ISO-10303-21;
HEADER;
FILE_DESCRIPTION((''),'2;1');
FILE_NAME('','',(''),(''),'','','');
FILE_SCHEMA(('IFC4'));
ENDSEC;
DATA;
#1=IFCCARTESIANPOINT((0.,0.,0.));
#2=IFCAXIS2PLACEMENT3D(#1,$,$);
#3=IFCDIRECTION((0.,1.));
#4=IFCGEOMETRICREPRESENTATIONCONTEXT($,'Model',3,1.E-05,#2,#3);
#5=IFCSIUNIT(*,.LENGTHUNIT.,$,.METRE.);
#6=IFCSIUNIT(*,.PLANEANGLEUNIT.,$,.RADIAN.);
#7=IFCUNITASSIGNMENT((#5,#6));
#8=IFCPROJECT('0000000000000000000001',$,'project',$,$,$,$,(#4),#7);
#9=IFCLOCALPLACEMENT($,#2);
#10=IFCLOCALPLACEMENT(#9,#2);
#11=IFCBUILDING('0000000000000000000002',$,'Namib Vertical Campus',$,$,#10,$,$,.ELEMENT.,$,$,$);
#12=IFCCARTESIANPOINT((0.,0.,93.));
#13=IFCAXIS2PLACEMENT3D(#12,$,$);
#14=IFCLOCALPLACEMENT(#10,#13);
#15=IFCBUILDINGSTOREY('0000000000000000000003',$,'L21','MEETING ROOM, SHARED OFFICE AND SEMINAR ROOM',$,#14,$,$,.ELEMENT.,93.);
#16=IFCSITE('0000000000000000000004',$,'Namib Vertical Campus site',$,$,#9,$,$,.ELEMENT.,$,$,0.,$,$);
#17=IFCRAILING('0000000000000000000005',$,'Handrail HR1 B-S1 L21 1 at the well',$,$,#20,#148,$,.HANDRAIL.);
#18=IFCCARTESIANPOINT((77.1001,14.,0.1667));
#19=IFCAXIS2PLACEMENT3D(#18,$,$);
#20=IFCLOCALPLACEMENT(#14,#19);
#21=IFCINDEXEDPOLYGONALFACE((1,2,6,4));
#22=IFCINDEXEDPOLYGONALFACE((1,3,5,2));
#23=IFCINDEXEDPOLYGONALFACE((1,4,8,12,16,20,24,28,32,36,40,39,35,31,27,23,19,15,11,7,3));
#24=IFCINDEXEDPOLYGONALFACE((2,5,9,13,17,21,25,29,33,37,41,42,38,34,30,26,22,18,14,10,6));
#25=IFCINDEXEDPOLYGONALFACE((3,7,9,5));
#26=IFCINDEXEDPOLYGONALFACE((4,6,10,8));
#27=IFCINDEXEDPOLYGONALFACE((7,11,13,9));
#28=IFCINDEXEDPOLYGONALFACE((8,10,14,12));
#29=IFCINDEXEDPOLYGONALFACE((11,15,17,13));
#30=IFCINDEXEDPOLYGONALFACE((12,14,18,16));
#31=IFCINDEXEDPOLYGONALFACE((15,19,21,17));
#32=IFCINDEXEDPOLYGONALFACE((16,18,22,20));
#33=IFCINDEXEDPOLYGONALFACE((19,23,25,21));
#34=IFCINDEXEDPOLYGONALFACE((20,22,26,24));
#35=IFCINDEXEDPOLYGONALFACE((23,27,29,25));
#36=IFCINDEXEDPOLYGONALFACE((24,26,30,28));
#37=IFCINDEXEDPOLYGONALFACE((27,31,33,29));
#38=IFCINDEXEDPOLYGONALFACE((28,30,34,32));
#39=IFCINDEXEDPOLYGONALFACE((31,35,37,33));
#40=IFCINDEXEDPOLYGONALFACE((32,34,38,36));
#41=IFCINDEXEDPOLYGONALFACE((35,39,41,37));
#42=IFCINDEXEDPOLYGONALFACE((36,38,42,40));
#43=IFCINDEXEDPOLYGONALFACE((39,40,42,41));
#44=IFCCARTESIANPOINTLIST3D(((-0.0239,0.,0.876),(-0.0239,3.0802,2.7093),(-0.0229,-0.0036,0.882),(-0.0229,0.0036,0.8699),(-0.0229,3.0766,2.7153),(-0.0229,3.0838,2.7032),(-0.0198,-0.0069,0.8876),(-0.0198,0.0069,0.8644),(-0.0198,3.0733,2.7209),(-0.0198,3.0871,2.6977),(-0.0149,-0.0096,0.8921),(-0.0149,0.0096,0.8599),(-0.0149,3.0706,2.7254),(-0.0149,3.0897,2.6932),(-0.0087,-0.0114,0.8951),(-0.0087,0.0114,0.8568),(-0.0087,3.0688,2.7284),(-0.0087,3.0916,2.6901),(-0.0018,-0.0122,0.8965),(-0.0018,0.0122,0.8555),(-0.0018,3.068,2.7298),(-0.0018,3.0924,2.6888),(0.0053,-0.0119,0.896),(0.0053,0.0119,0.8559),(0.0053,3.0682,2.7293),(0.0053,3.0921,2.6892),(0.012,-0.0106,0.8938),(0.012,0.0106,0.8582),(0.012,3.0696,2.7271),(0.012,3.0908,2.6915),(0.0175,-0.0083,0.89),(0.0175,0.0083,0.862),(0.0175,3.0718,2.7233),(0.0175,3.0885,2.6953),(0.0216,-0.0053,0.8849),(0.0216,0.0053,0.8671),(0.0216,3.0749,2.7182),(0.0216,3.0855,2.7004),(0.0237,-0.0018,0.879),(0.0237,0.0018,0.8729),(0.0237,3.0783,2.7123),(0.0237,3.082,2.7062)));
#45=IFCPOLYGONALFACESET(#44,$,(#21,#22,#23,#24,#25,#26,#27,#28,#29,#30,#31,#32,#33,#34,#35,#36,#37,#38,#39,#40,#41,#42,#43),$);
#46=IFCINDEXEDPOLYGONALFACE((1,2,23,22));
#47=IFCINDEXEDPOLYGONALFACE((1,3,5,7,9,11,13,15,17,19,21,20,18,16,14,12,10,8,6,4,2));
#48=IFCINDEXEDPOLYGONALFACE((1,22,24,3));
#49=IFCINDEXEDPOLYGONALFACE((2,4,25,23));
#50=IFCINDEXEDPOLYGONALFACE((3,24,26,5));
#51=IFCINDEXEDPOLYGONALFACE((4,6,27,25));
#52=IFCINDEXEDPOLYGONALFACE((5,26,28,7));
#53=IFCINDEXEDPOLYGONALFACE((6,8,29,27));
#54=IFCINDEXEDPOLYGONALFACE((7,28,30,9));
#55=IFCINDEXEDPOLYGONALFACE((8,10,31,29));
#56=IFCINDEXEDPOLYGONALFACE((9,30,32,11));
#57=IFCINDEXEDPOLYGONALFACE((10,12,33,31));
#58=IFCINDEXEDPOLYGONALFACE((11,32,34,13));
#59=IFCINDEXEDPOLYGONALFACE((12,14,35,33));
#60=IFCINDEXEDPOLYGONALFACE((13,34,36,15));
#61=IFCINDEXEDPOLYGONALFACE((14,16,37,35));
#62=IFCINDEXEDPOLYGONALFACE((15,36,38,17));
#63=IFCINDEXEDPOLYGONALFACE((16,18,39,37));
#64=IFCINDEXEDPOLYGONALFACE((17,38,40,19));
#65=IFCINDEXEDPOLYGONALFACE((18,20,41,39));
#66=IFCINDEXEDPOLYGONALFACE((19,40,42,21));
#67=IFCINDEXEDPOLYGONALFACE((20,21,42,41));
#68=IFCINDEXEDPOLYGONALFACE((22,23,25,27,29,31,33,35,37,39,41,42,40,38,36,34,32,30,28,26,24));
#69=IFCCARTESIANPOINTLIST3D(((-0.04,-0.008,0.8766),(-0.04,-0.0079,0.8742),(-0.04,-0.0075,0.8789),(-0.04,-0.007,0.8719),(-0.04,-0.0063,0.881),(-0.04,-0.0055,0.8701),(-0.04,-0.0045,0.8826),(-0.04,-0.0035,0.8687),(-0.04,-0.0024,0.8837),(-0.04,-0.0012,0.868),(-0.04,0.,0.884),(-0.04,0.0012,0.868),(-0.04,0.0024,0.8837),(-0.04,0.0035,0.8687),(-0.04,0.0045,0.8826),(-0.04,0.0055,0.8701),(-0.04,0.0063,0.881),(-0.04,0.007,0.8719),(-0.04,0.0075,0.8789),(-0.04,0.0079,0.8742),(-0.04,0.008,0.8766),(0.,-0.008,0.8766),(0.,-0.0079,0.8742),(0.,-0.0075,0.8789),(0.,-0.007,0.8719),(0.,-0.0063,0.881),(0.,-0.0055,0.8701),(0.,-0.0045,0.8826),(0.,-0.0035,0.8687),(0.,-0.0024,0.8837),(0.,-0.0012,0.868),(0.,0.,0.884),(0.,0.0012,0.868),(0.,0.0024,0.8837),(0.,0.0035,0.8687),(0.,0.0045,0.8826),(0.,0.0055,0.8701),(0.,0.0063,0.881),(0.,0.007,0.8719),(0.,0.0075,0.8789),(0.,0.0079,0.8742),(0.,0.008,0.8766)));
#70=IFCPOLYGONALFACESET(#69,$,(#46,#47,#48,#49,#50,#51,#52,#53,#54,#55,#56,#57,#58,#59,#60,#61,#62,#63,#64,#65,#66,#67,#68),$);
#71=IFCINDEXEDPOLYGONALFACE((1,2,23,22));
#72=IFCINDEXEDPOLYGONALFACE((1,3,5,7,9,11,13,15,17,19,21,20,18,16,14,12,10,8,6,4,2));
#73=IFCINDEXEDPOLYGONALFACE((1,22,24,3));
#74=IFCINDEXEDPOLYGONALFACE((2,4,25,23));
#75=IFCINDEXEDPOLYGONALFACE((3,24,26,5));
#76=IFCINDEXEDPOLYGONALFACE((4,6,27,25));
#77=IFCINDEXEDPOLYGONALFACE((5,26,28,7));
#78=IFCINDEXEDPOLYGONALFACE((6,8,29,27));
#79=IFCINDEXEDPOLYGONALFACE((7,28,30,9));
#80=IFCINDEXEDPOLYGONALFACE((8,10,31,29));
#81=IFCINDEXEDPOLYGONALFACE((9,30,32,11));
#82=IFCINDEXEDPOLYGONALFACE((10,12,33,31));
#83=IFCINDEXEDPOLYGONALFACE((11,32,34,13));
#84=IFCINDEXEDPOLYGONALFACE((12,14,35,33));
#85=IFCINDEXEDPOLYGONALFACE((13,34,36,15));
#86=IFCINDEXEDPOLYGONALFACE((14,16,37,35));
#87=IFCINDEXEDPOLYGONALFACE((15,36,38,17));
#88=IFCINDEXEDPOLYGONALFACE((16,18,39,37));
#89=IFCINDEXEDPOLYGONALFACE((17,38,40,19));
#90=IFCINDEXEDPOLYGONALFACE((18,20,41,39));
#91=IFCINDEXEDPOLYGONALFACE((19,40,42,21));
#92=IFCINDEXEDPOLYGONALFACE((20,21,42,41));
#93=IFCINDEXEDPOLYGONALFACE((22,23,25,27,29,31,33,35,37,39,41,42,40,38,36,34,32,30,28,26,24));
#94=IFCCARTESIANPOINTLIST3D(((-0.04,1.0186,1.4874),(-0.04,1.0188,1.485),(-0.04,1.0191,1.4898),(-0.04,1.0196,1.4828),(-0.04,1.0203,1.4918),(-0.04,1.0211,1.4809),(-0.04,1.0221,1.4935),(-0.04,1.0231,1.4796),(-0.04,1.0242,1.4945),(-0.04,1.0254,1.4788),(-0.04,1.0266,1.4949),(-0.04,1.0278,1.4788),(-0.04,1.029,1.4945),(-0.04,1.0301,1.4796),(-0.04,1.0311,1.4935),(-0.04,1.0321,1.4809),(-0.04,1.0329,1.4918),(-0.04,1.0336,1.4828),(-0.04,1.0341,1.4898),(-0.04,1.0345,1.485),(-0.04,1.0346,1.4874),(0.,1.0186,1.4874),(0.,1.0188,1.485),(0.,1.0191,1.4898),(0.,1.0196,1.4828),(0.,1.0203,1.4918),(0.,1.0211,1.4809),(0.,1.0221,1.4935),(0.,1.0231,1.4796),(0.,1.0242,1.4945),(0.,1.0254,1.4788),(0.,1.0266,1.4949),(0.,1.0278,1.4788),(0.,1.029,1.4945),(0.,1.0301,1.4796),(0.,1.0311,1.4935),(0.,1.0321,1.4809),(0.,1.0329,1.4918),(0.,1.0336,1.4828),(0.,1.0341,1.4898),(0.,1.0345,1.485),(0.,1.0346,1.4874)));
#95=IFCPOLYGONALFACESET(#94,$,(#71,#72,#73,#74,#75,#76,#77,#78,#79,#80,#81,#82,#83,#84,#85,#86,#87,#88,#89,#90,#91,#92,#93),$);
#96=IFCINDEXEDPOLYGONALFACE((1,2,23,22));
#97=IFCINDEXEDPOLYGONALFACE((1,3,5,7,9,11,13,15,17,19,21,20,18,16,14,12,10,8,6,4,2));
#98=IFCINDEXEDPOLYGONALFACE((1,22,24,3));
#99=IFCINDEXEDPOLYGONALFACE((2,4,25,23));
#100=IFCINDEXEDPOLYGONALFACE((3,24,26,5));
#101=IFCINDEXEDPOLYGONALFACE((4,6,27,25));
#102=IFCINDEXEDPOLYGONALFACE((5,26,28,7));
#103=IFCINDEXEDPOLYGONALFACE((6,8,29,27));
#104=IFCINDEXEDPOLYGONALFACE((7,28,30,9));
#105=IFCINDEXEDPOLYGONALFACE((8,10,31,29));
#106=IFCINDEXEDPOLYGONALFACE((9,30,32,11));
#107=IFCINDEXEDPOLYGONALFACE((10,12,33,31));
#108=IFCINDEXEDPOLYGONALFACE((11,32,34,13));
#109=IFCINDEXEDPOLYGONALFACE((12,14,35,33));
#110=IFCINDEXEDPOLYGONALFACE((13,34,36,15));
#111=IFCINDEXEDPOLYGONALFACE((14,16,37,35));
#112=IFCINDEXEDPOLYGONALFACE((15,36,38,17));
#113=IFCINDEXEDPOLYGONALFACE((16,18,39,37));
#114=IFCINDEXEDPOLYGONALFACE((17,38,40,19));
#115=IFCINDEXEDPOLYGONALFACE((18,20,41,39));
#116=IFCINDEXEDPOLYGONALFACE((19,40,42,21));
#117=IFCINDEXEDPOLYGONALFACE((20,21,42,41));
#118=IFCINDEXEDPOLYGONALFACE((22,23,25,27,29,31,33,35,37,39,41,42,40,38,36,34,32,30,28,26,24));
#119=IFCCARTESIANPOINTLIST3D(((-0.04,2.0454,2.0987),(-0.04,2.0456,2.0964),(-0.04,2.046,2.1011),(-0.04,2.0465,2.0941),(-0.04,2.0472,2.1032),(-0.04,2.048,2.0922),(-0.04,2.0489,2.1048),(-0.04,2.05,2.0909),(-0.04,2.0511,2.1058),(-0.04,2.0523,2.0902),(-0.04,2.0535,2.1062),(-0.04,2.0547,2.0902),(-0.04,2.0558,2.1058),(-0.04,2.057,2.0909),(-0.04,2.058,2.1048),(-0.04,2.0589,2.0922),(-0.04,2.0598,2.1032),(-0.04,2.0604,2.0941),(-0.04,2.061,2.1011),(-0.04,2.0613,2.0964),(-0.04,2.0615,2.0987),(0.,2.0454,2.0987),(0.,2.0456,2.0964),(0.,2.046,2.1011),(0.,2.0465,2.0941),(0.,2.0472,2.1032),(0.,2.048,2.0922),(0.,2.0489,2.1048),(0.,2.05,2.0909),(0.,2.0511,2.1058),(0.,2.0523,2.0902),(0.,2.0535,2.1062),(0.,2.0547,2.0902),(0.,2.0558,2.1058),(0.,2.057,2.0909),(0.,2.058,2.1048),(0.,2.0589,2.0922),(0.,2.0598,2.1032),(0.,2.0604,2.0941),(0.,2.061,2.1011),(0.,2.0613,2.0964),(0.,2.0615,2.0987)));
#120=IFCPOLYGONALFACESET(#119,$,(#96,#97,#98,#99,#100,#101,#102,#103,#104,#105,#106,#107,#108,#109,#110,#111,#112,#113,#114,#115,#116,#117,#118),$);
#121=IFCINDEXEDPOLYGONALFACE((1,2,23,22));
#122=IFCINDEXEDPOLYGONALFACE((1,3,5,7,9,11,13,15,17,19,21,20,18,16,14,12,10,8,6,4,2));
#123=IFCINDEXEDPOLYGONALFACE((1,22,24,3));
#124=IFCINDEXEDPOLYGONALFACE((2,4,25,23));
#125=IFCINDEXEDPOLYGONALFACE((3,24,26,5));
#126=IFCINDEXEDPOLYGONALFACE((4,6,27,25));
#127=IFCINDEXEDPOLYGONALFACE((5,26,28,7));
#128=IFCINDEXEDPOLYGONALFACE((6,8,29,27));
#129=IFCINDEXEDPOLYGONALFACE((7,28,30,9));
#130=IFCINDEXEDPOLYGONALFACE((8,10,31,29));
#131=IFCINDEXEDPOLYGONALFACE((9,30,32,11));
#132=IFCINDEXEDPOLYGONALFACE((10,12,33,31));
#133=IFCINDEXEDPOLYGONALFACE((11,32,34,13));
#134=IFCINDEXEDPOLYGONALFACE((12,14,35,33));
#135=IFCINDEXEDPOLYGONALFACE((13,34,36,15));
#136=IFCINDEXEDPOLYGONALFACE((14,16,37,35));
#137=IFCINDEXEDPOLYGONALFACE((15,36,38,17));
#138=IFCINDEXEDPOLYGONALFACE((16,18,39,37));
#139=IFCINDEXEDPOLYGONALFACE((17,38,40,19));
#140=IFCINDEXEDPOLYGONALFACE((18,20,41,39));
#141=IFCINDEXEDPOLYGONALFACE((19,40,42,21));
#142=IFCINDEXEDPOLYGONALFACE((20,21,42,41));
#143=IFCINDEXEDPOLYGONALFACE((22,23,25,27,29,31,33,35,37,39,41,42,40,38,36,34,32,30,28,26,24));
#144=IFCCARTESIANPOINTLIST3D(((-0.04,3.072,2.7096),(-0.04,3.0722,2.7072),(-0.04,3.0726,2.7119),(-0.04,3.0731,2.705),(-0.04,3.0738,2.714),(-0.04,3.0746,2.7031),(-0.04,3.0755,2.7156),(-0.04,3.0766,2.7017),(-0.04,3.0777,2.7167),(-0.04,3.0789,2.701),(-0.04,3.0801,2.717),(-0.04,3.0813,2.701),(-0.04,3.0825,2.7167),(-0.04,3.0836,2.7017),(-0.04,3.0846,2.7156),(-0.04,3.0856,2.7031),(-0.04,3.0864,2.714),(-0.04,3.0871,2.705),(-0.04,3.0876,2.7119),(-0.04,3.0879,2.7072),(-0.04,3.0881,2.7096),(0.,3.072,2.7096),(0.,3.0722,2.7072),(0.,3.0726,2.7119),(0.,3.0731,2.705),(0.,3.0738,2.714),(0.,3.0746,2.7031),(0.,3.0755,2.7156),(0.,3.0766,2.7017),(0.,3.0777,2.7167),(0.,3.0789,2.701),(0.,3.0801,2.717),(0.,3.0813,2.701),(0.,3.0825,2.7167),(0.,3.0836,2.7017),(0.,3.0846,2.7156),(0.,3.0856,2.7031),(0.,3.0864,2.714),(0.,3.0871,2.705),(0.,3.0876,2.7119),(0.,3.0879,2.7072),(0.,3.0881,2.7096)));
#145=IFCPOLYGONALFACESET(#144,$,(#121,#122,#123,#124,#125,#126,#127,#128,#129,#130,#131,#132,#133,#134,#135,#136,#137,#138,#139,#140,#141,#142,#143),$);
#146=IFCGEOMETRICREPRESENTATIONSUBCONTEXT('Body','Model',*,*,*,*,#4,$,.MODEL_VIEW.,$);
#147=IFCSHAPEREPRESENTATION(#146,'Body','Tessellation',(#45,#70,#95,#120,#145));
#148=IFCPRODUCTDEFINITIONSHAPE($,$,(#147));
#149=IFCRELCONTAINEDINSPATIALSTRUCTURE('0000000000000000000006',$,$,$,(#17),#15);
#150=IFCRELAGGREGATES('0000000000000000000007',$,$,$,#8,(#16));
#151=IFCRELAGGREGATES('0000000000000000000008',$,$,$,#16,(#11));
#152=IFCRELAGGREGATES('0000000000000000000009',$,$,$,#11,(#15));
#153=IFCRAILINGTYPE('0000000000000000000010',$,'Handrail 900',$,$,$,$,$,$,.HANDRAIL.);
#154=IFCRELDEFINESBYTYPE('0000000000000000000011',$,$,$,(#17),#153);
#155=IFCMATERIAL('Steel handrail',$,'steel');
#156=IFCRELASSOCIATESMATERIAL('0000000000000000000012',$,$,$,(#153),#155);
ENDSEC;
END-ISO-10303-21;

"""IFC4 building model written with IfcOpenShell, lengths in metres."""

from ifc_helpers import new_model, si_unit, direction, frame, origin, origin_2d, place, context, subcontext, project, spatial, circle, extrude, material, type_object, element, save


model = new_model("IFC4")

# Units and contexts
model_context = context("Model", 3, precision=1e-05, world=origin(), true_north=direction((0.0, 1.0)))
body_context = subcontext(model_context, "Body", "Model", "MODEL_VIEW")
ifc_project = project(units=[si_unit("LENGTHUNIT", "METRE"), si_unit("PLANEANGLEUNIT", "RADIAN")], contexts=[model_context])

# Site, building, storey
site_placement = place(None, origin())
site = spatial("IfcSite", under=ifc_project, at=site_placement, Name="Namib Vertical Campus site", CompositionType="ELEMENT", RefElevation=0.0)
building_placement = place(site_placement, origin())
building = spatial("IfcBuilding", under=site, at=building_placement, Name="Namib Vertical Campus", CompositionType="ELEMENT")
storey_placement = place(building_placement, frame((0.0, 0.0, 93.0)))
storey = spatial("IfcBuildingStorey", under=building, at=storey_placement, Name="L21", Description="MEETING ROOM, SHARED OFFICE AND SEMINAR ROOM", CompositionType="ELEMENT", Elevation=93.0)

# Railing
ifc_material_1 = material(Name="Steel handrail", Category="steel")
railing_type_1 = type_object("IfcRailingType", Name="Handrail 900", PredefinedType="HANDRAIL", material=ifc_material_1)
railing_1_placement = place(storey_placement, frame((77.1001, 14.0, 0.1667)))
element("IfcRailing", 1, at=railing_1_placement, inside=storey, type_object=railing_type_1, Name="Handrail HR1 B-S1 L21 1 at the well", PredefinedType="HANDRAIL", context=body_context, shape_type="SweptSolid", body=[
    extrude(circle(Radius=0.0239, at=origin_2d()), frame((0.0, 0.0, 0.876), z_axis=(0.0, 0.859309, 0.511458), x_axis=(-1.0, 0.0, 0.0)), (0.0, 0.0, 1.0), 3.5845),
    extrude(circle(Radius=0.0081, at=origin_2d()), frame((0.0, 0.0, 0.876), z_axis=(-1.0, 0.0, 0.0), x_axis=(0.0, 0.0, 1.0)), (0.0, 0.0, 1.0), 0.04),
    extrude(circle(Radius=0.0081, at=origin_2d()), frame((0.0, 1.0266, 1.4868), z_axis=(-1.0, 0.0, 0.0), x_axis=(0.0, 0.0, 1.0)), (0.0, 0.0, 1.0), 0.04),
    extrude(circle(Radius=0.0081, at=origin_2d()), frame((0.0, 2.0535, 2.0981), z_axis=(-1.0, 0.0, 0.0), x_axis=(0.0, 0.0, 1.0)), (0.0, 0.0, 1.0), 0.04),
    extrude(circle(Radius=0.0081, at=origin_2d()), frame((0.0, 3.0801, 2.709), z_axis=(-1.0, 0.0, 0.0), x_axis=(0.0, 0.0, 1.0)), (0.0, 0.0, 1.0), 0.04),
])

save(model, "model.ifc")
